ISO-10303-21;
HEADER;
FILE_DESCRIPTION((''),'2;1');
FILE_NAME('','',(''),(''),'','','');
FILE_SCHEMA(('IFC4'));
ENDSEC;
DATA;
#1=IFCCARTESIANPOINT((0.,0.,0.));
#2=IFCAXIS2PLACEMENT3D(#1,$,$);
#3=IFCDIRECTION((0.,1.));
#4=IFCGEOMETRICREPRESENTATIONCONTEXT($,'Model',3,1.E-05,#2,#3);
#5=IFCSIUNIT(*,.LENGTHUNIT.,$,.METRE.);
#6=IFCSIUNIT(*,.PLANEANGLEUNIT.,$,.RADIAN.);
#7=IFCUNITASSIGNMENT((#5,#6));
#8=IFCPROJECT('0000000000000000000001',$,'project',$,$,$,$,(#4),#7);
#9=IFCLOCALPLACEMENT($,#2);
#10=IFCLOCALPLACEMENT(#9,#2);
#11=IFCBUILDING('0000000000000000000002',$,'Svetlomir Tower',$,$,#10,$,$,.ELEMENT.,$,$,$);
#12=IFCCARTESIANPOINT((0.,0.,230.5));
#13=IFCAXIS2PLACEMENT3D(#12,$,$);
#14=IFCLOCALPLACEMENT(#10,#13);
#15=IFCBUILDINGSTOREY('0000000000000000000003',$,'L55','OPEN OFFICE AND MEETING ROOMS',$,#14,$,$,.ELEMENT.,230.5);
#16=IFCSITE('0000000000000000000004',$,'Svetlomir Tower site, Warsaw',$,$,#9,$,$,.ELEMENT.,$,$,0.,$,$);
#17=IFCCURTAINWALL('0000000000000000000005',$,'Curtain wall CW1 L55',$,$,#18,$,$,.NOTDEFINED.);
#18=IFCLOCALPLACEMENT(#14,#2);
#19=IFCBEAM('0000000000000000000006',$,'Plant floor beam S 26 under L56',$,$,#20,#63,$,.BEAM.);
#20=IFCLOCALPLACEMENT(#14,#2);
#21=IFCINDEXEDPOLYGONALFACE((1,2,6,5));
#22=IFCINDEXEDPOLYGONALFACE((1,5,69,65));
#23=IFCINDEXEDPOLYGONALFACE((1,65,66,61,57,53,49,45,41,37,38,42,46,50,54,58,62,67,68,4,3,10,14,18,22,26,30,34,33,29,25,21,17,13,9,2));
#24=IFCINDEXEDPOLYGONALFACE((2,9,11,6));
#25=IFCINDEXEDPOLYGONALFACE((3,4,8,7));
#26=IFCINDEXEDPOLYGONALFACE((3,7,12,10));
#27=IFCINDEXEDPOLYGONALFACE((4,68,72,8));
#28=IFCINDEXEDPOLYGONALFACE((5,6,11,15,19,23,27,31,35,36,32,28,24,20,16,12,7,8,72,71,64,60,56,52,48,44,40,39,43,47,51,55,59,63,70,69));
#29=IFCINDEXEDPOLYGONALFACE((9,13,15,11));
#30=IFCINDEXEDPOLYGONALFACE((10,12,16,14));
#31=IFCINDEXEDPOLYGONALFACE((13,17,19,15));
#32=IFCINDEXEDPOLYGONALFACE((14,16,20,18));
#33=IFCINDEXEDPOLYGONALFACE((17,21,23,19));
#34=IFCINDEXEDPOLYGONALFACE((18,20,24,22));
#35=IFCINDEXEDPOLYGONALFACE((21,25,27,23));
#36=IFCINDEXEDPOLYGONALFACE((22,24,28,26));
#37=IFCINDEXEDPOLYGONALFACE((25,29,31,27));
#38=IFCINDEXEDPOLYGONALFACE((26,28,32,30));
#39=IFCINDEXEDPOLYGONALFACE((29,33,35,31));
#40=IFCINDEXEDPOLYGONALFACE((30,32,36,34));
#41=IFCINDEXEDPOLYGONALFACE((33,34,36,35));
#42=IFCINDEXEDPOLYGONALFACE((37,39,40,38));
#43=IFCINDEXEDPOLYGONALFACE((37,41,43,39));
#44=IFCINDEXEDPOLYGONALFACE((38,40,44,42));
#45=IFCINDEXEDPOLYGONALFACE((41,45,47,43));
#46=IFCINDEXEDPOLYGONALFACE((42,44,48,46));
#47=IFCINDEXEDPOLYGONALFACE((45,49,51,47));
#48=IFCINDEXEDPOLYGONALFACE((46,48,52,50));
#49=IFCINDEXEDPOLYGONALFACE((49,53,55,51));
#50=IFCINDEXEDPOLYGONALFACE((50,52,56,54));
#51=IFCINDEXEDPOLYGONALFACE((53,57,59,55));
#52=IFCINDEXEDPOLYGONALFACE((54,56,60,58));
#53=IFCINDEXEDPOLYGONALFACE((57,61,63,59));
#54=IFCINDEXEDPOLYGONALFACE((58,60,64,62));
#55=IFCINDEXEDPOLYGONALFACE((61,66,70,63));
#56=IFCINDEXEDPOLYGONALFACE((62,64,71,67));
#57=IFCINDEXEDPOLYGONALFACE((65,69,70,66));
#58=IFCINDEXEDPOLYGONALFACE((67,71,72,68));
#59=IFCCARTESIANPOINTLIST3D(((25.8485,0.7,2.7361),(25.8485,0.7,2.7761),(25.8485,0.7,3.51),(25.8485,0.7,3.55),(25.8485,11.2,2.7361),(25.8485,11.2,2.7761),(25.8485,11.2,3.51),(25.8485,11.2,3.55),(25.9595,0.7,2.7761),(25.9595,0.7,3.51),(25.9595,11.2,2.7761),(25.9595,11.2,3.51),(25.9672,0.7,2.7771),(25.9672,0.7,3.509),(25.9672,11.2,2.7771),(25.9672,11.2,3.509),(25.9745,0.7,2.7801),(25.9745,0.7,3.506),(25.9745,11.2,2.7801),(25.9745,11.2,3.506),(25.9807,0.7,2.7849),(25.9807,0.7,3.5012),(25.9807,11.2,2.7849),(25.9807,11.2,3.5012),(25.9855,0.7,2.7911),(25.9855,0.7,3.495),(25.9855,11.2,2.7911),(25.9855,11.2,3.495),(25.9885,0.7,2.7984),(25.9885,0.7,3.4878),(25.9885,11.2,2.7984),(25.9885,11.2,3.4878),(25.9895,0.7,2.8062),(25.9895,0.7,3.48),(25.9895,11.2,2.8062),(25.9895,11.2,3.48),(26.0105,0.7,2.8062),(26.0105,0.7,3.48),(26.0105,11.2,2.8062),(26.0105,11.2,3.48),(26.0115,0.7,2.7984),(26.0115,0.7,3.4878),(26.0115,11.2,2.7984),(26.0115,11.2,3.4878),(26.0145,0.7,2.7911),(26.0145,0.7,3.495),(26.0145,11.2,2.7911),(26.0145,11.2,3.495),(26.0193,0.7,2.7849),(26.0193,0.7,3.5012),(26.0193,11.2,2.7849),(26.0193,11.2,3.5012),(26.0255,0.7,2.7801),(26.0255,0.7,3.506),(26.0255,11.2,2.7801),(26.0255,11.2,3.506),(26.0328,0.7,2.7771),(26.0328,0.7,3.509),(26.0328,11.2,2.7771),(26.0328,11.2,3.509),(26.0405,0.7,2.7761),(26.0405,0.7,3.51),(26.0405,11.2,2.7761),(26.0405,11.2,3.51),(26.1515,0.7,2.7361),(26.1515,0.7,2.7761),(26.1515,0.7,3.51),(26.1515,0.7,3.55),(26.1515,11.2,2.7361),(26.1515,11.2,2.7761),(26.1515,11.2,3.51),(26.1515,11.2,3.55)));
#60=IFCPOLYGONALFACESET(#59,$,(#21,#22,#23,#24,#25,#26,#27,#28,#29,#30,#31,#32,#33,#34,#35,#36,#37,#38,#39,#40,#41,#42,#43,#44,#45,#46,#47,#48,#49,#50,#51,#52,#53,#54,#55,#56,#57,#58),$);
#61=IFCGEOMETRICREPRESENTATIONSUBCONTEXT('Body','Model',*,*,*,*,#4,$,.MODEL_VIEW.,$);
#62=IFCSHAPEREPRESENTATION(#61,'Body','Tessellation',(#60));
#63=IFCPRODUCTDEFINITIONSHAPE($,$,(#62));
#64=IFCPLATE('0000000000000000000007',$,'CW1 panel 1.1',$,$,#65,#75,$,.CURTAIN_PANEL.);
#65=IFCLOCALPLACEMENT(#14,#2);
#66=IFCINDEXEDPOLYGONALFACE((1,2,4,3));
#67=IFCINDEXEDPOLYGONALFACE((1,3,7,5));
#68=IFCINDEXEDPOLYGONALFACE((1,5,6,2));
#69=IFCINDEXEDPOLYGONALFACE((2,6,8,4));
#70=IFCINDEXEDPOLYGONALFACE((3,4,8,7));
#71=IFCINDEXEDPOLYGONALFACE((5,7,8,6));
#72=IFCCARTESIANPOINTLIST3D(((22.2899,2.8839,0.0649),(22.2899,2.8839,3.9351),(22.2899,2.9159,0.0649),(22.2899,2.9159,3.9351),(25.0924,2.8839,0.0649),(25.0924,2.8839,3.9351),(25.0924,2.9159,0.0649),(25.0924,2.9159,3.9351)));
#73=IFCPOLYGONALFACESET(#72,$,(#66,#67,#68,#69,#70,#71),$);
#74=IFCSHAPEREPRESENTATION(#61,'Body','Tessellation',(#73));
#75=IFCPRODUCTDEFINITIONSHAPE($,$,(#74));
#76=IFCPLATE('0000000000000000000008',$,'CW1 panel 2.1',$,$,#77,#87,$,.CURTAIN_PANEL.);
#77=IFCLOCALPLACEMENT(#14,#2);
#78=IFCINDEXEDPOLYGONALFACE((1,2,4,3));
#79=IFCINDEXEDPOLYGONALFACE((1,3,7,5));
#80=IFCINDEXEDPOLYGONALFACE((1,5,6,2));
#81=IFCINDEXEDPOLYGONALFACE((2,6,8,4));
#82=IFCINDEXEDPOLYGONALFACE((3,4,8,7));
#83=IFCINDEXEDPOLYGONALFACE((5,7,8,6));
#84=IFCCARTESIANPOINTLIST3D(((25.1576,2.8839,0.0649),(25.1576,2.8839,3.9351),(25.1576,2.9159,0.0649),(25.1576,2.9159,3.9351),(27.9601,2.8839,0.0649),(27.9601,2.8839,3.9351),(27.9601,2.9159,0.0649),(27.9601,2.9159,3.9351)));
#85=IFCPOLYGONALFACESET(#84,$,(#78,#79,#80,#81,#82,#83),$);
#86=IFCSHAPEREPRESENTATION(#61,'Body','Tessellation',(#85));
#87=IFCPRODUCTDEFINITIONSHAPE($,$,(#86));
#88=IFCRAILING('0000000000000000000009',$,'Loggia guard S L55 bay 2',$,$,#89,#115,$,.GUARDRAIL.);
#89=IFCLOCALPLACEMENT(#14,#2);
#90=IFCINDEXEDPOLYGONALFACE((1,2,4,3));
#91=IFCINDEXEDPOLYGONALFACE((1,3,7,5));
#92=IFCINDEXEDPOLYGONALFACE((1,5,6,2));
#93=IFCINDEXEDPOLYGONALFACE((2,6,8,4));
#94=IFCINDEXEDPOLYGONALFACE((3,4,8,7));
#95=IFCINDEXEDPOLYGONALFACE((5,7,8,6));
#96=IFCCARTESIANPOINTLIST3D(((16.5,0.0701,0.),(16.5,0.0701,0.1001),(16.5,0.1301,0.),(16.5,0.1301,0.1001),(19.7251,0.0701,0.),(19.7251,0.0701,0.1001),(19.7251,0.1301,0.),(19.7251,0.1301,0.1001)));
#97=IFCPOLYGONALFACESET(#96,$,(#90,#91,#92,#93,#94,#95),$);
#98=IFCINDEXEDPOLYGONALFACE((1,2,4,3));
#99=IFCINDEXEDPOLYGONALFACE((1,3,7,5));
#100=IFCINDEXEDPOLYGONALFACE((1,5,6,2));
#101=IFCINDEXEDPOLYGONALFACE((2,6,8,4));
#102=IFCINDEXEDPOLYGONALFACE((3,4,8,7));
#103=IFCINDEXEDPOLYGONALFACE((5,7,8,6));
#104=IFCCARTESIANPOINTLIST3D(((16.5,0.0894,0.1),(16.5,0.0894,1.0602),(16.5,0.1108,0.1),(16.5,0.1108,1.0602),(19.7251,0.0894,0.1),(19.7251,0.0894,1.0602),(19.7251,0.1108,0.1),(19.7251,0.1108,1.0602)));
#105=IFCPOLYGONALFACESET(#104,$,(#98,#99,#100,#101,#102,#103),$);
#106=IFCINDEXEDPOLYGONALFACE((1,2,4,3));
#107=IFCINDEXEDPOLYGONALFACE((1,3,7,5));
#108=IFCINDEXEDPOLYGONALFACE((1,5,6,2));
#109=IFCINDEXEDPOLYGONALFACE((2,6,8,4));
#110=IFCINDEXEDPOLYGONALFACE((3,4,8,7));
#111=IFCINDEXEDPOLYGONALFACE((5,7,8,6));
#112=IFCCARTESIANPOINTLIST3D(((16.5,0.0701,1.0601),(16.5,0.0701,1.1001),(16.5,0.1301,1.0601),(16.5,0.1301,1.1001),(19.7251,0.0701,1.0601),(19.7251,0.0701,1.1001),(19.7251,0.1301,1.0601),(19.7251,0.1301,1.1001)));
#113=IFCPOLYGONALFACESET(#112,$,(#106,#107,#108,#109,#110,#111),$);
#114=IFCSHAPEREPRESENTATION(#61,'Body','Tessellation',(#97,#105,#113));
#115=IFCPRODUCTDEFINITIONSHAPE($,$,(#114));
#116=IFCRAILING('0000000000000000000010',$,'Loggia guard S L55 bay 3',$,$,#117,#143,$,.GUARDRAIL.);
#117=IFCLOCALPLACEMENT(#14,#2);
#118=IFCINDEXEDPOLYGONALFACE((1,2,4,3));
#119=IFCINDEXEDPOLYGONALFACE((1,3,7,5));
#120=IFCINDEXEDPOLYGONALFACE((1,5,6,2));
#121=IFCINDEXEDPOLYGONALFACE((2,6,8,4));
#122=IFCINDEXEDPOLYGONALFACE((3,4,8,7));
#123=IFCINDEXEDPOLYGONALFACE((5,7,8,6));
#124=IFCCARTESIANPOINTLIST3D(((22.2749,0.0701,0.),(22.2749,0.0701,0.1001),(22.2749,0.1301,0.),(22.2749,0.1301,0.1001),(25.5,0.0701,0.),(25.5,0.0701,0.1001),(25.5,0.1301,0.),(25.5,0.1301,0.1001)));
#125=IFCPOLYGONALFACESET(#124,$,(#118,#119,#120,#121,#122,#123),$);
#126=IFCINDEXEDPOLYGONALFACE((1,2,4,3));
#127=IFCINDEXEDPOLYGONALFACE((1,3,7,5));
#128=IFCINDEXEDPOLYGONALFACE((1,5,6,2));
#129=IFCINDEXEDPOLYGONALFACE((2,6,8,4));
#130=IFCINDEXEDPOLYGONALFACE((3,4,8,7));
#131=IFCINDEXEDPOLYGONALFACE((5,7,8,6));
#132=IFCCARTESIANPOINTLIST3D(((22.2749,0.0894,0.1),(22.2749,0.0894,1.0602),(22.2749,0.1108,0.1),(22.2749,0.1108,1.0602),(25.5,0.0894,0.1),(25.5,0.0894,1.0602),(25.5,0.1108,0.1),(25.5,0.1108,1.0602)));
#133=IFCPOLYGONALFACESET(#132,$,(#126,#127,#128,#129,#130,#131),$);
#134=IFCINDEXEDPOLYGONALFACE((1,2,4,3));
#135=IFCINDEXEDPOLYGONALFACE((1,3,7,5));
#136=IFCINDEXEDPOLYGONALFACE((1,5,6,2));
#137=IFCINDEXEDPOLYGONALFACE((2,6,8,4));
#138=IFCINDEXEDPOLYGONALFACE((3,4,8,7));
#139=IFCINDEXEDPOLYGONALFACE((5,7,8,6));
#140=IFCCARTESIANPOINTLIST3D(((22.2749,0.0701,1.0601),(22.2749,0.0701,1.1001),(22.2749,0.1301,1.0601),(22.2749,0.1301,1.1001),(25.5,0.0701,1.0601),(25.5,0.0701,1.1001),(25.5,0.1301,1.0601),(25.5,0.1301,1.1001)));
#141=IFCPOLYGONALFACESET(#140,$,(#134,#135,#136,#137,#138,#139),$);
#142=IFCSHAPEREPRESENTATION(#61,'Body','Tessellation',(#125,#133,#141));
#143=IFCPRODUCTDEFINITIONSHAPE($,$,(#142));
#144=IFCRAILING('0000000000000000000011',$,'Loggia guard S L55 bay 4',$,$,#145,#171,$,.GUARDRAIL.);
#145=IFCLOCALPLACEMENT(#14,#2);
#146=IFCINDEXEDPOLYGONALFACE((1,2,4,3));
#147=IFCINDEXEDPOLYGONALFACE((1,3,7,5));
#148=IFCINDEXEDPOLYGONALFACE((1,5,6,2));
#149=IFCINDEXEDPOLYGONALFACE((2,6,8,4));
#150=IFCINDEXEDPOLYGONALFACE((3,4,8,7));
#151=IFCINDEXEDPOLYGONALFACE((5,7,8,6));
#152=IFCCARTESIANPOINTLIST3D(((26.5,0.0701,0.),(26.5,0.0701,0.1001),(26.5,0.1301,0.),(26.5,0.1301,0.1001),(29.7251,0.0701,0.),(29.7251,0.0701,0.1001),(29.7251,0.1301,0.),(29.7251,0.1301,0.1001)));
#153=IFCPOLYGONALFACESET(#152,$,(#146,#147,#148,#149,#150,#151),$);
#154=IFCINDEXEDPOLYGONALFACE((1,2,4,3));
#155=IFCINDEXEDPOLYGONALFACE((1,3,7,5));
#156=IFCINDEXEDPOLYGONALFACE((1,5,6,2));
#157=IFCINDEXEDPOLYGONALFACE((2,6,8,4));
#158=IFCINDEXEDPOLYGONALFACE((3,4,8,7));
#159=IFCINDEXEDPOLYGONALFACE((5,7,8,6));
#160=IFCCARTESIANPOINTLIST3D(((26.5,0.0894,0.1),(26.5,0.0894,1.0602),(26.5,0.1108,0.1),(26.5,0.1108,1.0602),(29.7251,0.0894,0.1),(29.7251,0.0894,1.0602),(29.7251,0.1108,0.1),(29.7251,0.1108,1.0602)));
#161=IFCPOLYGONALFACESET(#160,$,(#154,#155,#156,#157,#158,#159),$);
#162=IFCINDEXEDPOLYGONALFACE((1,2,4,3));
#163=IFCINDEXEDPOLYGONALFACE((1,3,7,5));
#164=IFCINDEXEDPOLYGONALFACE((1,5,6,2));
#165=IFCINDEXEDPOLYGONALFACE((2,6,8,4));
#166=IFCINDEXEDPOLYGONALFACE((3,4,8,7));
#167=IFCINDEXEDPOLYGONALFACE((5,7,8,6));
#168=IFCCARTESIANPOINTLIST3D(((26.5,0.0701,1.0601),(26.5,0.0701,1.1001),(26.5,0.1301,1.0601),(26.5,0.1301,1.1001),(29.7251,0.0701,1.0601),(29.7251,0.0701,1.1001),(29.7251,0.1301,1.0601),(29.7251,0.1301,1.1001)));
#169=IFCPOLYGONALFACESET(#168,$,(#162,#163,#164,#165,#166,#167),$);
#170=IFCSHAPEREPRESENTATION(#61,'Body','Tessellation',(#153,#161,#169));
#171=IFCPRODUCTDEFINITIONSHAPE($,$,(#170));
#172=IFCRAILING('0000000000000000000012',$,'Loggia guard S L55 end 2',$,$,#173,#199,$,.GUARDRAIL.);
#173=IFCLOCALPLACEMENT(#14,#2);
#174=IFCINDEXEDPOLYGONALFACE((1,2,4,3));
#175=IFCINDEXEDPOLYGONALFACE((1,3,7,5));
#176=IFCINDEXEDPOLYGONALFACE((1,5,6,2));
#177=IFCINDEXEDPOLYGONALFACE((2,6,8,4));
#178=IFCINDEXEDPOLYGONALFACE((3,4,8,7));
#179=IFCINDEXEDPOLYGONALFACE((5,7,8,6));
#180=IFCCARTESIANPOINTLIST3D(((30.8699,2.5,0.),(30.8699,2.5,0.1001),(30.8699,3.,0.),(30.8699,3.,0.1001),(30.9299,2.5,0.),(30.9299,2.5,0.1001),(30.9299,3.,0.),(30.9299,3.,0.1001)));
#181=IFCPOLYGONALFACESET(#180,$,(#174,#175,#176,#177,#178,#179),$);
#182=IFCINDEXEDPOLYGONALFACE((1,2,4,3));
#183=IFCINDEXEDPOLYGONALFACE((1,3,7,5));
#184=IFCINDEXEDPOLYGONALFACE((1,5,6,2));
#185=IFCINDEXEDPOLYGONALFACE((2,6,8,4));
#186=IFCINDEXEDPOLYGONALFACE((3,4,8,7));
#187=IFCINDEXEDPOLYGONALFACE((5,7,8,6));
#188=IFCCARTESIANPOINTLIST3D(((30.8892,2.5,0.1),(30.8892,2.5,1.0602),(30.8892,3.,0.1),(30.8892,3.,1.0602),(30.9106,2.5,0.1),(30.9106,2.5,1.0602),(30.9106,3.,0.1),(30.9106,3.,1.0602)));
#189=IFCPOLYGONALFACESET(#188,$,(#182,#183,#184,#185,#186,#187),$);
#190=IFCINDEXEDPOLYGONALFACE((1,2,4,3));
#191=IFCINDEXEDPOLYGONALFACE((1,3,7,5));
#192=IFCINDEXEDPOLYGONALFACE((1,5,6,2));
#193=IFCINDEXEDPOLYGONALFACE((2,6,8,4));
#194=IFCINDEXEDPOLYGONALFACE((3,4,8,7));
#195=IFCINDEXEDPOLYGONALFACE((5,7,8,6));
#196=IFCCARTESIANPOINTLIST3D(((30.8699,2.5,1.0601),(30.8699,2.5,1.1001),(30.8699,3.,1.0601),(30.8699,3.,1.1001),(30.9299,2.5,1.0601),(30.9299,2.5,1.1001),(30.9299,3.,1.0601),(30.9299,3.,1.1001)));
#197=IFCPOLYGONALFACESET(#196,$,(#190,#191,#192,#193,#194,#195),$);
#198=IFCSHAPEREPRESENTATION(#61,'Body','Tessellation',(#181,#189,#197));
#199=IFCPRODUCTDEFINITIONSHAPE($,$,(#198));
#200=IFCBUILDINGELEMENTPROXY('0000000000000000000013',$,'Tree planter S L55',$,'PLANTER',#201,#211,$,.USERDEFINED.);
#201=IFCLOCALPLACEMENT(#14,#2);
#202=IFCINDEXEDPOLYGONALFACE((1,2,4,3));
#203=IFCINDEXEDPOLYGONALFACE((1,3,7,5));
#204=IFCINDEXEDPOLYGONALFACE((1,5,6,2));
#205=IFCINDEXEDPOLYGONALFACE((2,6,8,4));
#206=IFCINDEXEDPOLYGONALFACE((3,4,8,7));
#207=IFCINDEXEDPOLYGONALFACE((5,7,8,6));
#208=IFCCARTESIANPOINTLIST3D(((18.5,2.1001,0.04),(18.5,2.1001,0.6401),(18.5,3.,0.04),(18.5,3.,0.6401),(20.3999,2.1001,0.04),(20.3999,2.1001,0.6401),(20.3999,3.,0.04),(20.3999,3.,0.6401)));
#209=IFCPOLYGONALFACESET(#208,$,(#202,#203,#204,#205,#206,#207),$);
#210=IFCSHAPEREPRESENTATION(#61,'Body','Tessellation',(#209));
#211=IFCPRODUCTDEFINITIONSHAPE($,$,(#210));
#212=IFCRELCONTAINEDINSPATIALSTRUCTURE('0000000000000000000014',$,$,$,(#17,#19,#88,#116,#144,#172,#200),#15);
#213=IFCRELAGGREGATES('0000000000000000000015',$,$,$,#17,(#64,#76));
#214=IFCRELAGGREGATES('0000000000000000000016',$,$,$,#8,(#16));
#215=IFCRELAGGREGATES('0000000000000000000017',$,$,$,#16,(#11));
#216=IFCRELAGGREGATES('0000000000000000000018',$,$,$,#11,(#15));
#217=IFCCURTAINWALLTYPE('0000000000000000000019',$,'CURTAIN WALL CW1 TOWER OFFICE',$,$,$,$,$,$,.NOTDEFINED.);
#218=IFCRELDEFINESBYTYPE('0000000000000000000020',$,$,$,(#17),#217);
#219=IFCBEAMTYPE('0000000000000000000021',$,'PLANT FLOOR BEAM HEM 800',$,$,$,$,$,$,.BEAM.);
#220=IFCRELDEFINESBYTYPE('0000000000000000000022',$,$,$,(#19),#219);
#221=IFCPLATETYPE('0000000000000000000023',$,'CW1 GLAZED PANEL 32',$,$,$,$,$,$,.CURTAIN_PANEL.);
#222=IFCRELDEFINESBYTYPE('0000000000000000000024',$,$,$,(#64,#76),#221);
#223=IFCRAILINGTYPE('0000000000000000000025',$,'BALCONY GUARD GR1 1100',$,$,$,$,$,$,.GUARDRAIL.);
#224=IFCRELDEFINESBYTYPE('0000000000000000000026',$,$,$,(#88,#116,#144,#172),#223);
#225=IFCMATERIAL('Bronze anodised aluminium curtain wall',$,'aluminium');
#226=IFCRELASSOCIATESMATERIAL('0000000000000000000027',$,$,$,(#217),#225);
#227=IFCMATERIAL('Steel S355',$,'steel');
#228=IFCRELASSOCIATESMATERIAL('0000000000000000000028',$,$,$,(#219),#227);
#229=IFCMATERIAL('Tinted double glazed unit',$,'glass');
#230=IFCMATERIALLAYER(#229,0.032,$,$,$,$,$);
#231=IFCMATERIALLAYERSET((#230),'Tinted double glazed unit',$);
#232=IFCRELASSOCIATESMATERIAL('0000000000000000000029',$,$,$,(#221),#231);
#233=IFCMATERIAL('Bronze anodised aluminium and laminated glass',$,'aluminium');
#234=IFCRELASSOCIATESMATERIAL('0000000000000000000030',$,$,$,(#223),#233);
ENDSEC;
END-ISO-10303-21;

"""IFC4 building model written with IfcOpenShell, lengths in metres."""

from ifc_helpers import new_model, si_unit, direction, frame, origin, origin_2d, place, context, subcontext, project, spatial, rectangle, i_section, extrude, material, layer, layer_set, material_profile, profile_set, type_object, element, aggregate, save


model = new_model("IFC4")

# Units and contexts
model_context = context("Model", 3, precision=1e-05, world=origin(), true_north=direction((0.0, 1.0)))
body_context = subcontext(model_context, "Body", "Model", "MODEL_VIEW")
ifc_project = project(units=[si_unit("LENGTHUNIT", "METRE"), si_unit("PLANEANGLEUNIT", "RADIAN")], contexts=[model_context])

# Site, building, storey
site_placement = place(None, origin())
site = spatial("IfcSite", under=ifc_project, at=site_placement, Name="Svetlomir Tower site, Warsaw", CompositionType="ELEMENT", RefElevation=0.0)
building_placement = place(site_placement, origin())
building = spatial("IfcBuilding", under=site, at=building_placement, Name="Svetlomir Tower", CompositionType="ELEMENT")
storey_placement = place(building_placement, frame((0.0, 0.0, 230.5)))
storey = spatial("IfcBuildingStorey", under=building, at=storey_placement, Name="L55", Description="OPEN OFFICE AND MEETING ROOMS", CompositionType="ELEMENT", Elevation=230.5)

# Curtain wall
ifc_material_1 = material(Name="Bronze anodised aluminium curtain wall", Category="aluminium")
curtain_wall_type = type_object("IfcCurtainWallType", Name="CURTAIN WALL CW1 TOWER OFFICE", PredefinedType="NOTDEFINED", material=ifc_material_1)
curtain_wall_1_placement = place(storey_placement, origin())
curtain_wall_1 = element("IfcCurtainWall", 1, at=curtain_wall_1_placement, inside=storey, type_object=curtain_wall_type, Name="Curtain wall CW1 L55", PredefinedType="NOTDEFINED")

# Beam
ifc_material_2 = material(Name="Steel S355", Category="steel")
ifc_material_profile_1 = material_profile(ifc_material_2, i_section(OverallWidth=0.303, OverallDepth=0.814, WebThickness=0.021, FlangeThickness=0.04, FilletRadius=0.03, at=origin_2d()), Name="HEM 800")
ifc_profile_set_1 = profile_set([ifc_material_profile_1], Name="Steel S355")
beam_type_1 = type_object("IfcBeamType", Name="PLANT FLOOR BEAM HEM 800", PredefinedType="BEAM", material=ifc_profile_set_1)
for number, where, z_axis, x_axis, name in (
    (2, (26.0, 0.7, 3.1431), (0.0, 1.0, 0.0), (-1.0, 0.0, 0.0), "Plant floor beam S 26 under L56"),
):
    element("IfcBeam", number, at=place(storey_placement, frame(where, z_axis=z_axis, x_axis=x_axis)), inside=storey, type_object=beam_type_1, Name=name, PredefinedType="BEAM", context=body_context, shape_type="SweptSolid", body=[
        extrude(i_section(OverallWidth=0.303, OverallDepth=0.814, WebThickness=0.021, FlangeThickness=0.04, FilletRadius=0.03, at=origin_2d()), origin(), (0.0, 0.0, 1.0), 10.5),
    ])

# Plates
ifc_material_3 = material(Name="Tinted double glazed unit", Category="glass")
ifc_layer_1 = layer(ifc_material_3, 0.032)
ifc_layer_set_1 = layer_set([ifc_layer_1], Name="Tinted double glazed unit")
plate_type = type_object("IfcPlateType", Name="CW1 GLAZED PANEL 32", PredefinedType="CURTAIN_PANEL", material=ifc_layer_set_1)
plate_1_placement = place(storey_placement, frame((23.6912, 2.8999, 0.0649), z_axis=(0.0, 0.0, 1.0), x_axis=(1.0, 0.0, 0.0)))
plate_1 = element("IfcPlate", 3, at=plate_1_placement, type_object=plate_type, Name="CW1 panel 1.1", PredefinedType="CURTAIN_PANEL", context=body_context, shape_type="SweptSolid", body=[
    extrude(rectangle(XDim=2.8025, YDim=0.032, at=origin_2d()), origin(), (0.0, 0.0, 1.0), 3.8701),
])
plate_2_placement = place(storey_placement, frame((26.5588, 2.8999, 0.0649), z_axis=(0.0, 0.0, 1.0), x_axis=(1.0, 0.0, 0.0)))
plate_2 = element("IfcPlate", 4, at=plate_2_placement, type_object=plate_type, Name="CW1 panel 2.1", PredefinedType="CURTAIN_PANEL", context=body_context, shape_type="SweptSolid", body=[
    extrude(rectangle(XDim=2.8025, YDim=0.032, at=origin_2d()), origin(), (0.0, 0.0, 1.0), 3.8701),
])
aggregate(curtain_wall_1, [plate_1, plate_2])

# Railings
ifc_material_4 = material(Name="Bronze anodised aluminium and laminated glass", Category="aluminium")
railing_type = type_object("IfcRailingType", Name="BALCONY GUARD GR1 1100", PredefinedType="GUARDRAIL", material=ifc_material_4)
for number, where, name in (
    (5, (16.5, 0.1001, 0.0), "Loggia guard S L55 bay 2"),
    (6, (22.2749, 0.1001, 0.0), "Loggia guard S L55 bay 3"),
    (7, (26.5, 0.1001, 0.0), "Loggia guard S L55 bay 4"),
):
    element("IfcRailing", number, at=place(storey_placement, frame(where)), inside=storey, type_object=railing_type, Name=name, PredefinedType="GUARDRAIL", context=body_context, shape_type="SweptSolid", body=[
        extrude(rectangle(XDim=0.0601, YDim=0.1001, at=origin_2d()), frame((0.0, 0.0, 0.05), z_axis=(1.0, 0.0, 0.0), x_axis=(0.0, 1.0, 0.0)), (0.0, 0.0, 1.0), 3.2251),
        extrude(rectangle(XDim=0.0215, YDim=0.9602, at=origin_2d()), frame((0.0, 0.0, 0.5801), z_axis=(1.0, 0.0, 0.0), x_axis=(0.0, 1.0, 0.0)), (0.0, 0.0, 1.0), 3.2251),
        extrude(rectangle(XDim=0.0601, YDim=0.04, at=origin_2d()), frame((0.0, 0.0, 1.0801), z_axis=(1.0, 0.0, 0.0), x_axis=(0.0, 1.0, 0.0)), (0.0, 0.0, 1.0), 3.2251),
    ])
railing_placement = place(storey_placement, frame((30.8999, 2.5, 0.0)))
element("IfcRailing", 8, at=railing_placement, inside=storey, type_object=railing_type, Name="Loggia guard S L55 end 2", PredefinedType="GUARDRAIL", context=body_context, shape_type="SweptSolid", body=[
    extrude(rectangle(XDim=0.0601, YDim=0.1001, at=origin_2d()), frame((0.0, 0.0, 0.05), z_axis=(0.0, 1.0, 0.0), x_axis=(-1.0, 0.0, 0.0)), (0.0, 0.0, 1.0), 0.5),
    extrude(rectangle(XDim=0.0215, YDim=0.9602, at=origin_2d()), frame((0.0, 0.0, 0.5801), z_axis=(0.0, 1.0, 0.0), x_axis=(-1.0, 0.0, 0.0)), (0.0, 0.0, 1.0), 0.5),
    extrude(rectangle(XDim=0.0601, YDim=0.04, at=origin_2d()), frame((0.0, 0.0, 1.0801), z_axis=(0.0, 1.0, 0.0), x_axis=(-1.0, 0.0, 0.0)), (0.0, 0.0, 1.0), 0.5),
])

# Building element proxy
proxy_placement = place(storey_placement, frame((19.45, 2.55, 0.04), z_axis=(0.0, 0.0, 1.0), x_axis=(1.0, 0.0, 0.0)))
element("IfcBuildingElementProxy", 9, at=proxy_placement, inside=storey, Name="Tree planter S L55", ObjectType="PLANTER", PredefinedType="USERDEFINED", context=body_context, shape_type="SweptSolid", body=[
    extrude(rectangle(XDim=1.8999, YDim=0.8999, at=origin_2d()), origin(), (0.0, 0.0, 1.0), 0.6001),
])

save(model, "model.ifc")
